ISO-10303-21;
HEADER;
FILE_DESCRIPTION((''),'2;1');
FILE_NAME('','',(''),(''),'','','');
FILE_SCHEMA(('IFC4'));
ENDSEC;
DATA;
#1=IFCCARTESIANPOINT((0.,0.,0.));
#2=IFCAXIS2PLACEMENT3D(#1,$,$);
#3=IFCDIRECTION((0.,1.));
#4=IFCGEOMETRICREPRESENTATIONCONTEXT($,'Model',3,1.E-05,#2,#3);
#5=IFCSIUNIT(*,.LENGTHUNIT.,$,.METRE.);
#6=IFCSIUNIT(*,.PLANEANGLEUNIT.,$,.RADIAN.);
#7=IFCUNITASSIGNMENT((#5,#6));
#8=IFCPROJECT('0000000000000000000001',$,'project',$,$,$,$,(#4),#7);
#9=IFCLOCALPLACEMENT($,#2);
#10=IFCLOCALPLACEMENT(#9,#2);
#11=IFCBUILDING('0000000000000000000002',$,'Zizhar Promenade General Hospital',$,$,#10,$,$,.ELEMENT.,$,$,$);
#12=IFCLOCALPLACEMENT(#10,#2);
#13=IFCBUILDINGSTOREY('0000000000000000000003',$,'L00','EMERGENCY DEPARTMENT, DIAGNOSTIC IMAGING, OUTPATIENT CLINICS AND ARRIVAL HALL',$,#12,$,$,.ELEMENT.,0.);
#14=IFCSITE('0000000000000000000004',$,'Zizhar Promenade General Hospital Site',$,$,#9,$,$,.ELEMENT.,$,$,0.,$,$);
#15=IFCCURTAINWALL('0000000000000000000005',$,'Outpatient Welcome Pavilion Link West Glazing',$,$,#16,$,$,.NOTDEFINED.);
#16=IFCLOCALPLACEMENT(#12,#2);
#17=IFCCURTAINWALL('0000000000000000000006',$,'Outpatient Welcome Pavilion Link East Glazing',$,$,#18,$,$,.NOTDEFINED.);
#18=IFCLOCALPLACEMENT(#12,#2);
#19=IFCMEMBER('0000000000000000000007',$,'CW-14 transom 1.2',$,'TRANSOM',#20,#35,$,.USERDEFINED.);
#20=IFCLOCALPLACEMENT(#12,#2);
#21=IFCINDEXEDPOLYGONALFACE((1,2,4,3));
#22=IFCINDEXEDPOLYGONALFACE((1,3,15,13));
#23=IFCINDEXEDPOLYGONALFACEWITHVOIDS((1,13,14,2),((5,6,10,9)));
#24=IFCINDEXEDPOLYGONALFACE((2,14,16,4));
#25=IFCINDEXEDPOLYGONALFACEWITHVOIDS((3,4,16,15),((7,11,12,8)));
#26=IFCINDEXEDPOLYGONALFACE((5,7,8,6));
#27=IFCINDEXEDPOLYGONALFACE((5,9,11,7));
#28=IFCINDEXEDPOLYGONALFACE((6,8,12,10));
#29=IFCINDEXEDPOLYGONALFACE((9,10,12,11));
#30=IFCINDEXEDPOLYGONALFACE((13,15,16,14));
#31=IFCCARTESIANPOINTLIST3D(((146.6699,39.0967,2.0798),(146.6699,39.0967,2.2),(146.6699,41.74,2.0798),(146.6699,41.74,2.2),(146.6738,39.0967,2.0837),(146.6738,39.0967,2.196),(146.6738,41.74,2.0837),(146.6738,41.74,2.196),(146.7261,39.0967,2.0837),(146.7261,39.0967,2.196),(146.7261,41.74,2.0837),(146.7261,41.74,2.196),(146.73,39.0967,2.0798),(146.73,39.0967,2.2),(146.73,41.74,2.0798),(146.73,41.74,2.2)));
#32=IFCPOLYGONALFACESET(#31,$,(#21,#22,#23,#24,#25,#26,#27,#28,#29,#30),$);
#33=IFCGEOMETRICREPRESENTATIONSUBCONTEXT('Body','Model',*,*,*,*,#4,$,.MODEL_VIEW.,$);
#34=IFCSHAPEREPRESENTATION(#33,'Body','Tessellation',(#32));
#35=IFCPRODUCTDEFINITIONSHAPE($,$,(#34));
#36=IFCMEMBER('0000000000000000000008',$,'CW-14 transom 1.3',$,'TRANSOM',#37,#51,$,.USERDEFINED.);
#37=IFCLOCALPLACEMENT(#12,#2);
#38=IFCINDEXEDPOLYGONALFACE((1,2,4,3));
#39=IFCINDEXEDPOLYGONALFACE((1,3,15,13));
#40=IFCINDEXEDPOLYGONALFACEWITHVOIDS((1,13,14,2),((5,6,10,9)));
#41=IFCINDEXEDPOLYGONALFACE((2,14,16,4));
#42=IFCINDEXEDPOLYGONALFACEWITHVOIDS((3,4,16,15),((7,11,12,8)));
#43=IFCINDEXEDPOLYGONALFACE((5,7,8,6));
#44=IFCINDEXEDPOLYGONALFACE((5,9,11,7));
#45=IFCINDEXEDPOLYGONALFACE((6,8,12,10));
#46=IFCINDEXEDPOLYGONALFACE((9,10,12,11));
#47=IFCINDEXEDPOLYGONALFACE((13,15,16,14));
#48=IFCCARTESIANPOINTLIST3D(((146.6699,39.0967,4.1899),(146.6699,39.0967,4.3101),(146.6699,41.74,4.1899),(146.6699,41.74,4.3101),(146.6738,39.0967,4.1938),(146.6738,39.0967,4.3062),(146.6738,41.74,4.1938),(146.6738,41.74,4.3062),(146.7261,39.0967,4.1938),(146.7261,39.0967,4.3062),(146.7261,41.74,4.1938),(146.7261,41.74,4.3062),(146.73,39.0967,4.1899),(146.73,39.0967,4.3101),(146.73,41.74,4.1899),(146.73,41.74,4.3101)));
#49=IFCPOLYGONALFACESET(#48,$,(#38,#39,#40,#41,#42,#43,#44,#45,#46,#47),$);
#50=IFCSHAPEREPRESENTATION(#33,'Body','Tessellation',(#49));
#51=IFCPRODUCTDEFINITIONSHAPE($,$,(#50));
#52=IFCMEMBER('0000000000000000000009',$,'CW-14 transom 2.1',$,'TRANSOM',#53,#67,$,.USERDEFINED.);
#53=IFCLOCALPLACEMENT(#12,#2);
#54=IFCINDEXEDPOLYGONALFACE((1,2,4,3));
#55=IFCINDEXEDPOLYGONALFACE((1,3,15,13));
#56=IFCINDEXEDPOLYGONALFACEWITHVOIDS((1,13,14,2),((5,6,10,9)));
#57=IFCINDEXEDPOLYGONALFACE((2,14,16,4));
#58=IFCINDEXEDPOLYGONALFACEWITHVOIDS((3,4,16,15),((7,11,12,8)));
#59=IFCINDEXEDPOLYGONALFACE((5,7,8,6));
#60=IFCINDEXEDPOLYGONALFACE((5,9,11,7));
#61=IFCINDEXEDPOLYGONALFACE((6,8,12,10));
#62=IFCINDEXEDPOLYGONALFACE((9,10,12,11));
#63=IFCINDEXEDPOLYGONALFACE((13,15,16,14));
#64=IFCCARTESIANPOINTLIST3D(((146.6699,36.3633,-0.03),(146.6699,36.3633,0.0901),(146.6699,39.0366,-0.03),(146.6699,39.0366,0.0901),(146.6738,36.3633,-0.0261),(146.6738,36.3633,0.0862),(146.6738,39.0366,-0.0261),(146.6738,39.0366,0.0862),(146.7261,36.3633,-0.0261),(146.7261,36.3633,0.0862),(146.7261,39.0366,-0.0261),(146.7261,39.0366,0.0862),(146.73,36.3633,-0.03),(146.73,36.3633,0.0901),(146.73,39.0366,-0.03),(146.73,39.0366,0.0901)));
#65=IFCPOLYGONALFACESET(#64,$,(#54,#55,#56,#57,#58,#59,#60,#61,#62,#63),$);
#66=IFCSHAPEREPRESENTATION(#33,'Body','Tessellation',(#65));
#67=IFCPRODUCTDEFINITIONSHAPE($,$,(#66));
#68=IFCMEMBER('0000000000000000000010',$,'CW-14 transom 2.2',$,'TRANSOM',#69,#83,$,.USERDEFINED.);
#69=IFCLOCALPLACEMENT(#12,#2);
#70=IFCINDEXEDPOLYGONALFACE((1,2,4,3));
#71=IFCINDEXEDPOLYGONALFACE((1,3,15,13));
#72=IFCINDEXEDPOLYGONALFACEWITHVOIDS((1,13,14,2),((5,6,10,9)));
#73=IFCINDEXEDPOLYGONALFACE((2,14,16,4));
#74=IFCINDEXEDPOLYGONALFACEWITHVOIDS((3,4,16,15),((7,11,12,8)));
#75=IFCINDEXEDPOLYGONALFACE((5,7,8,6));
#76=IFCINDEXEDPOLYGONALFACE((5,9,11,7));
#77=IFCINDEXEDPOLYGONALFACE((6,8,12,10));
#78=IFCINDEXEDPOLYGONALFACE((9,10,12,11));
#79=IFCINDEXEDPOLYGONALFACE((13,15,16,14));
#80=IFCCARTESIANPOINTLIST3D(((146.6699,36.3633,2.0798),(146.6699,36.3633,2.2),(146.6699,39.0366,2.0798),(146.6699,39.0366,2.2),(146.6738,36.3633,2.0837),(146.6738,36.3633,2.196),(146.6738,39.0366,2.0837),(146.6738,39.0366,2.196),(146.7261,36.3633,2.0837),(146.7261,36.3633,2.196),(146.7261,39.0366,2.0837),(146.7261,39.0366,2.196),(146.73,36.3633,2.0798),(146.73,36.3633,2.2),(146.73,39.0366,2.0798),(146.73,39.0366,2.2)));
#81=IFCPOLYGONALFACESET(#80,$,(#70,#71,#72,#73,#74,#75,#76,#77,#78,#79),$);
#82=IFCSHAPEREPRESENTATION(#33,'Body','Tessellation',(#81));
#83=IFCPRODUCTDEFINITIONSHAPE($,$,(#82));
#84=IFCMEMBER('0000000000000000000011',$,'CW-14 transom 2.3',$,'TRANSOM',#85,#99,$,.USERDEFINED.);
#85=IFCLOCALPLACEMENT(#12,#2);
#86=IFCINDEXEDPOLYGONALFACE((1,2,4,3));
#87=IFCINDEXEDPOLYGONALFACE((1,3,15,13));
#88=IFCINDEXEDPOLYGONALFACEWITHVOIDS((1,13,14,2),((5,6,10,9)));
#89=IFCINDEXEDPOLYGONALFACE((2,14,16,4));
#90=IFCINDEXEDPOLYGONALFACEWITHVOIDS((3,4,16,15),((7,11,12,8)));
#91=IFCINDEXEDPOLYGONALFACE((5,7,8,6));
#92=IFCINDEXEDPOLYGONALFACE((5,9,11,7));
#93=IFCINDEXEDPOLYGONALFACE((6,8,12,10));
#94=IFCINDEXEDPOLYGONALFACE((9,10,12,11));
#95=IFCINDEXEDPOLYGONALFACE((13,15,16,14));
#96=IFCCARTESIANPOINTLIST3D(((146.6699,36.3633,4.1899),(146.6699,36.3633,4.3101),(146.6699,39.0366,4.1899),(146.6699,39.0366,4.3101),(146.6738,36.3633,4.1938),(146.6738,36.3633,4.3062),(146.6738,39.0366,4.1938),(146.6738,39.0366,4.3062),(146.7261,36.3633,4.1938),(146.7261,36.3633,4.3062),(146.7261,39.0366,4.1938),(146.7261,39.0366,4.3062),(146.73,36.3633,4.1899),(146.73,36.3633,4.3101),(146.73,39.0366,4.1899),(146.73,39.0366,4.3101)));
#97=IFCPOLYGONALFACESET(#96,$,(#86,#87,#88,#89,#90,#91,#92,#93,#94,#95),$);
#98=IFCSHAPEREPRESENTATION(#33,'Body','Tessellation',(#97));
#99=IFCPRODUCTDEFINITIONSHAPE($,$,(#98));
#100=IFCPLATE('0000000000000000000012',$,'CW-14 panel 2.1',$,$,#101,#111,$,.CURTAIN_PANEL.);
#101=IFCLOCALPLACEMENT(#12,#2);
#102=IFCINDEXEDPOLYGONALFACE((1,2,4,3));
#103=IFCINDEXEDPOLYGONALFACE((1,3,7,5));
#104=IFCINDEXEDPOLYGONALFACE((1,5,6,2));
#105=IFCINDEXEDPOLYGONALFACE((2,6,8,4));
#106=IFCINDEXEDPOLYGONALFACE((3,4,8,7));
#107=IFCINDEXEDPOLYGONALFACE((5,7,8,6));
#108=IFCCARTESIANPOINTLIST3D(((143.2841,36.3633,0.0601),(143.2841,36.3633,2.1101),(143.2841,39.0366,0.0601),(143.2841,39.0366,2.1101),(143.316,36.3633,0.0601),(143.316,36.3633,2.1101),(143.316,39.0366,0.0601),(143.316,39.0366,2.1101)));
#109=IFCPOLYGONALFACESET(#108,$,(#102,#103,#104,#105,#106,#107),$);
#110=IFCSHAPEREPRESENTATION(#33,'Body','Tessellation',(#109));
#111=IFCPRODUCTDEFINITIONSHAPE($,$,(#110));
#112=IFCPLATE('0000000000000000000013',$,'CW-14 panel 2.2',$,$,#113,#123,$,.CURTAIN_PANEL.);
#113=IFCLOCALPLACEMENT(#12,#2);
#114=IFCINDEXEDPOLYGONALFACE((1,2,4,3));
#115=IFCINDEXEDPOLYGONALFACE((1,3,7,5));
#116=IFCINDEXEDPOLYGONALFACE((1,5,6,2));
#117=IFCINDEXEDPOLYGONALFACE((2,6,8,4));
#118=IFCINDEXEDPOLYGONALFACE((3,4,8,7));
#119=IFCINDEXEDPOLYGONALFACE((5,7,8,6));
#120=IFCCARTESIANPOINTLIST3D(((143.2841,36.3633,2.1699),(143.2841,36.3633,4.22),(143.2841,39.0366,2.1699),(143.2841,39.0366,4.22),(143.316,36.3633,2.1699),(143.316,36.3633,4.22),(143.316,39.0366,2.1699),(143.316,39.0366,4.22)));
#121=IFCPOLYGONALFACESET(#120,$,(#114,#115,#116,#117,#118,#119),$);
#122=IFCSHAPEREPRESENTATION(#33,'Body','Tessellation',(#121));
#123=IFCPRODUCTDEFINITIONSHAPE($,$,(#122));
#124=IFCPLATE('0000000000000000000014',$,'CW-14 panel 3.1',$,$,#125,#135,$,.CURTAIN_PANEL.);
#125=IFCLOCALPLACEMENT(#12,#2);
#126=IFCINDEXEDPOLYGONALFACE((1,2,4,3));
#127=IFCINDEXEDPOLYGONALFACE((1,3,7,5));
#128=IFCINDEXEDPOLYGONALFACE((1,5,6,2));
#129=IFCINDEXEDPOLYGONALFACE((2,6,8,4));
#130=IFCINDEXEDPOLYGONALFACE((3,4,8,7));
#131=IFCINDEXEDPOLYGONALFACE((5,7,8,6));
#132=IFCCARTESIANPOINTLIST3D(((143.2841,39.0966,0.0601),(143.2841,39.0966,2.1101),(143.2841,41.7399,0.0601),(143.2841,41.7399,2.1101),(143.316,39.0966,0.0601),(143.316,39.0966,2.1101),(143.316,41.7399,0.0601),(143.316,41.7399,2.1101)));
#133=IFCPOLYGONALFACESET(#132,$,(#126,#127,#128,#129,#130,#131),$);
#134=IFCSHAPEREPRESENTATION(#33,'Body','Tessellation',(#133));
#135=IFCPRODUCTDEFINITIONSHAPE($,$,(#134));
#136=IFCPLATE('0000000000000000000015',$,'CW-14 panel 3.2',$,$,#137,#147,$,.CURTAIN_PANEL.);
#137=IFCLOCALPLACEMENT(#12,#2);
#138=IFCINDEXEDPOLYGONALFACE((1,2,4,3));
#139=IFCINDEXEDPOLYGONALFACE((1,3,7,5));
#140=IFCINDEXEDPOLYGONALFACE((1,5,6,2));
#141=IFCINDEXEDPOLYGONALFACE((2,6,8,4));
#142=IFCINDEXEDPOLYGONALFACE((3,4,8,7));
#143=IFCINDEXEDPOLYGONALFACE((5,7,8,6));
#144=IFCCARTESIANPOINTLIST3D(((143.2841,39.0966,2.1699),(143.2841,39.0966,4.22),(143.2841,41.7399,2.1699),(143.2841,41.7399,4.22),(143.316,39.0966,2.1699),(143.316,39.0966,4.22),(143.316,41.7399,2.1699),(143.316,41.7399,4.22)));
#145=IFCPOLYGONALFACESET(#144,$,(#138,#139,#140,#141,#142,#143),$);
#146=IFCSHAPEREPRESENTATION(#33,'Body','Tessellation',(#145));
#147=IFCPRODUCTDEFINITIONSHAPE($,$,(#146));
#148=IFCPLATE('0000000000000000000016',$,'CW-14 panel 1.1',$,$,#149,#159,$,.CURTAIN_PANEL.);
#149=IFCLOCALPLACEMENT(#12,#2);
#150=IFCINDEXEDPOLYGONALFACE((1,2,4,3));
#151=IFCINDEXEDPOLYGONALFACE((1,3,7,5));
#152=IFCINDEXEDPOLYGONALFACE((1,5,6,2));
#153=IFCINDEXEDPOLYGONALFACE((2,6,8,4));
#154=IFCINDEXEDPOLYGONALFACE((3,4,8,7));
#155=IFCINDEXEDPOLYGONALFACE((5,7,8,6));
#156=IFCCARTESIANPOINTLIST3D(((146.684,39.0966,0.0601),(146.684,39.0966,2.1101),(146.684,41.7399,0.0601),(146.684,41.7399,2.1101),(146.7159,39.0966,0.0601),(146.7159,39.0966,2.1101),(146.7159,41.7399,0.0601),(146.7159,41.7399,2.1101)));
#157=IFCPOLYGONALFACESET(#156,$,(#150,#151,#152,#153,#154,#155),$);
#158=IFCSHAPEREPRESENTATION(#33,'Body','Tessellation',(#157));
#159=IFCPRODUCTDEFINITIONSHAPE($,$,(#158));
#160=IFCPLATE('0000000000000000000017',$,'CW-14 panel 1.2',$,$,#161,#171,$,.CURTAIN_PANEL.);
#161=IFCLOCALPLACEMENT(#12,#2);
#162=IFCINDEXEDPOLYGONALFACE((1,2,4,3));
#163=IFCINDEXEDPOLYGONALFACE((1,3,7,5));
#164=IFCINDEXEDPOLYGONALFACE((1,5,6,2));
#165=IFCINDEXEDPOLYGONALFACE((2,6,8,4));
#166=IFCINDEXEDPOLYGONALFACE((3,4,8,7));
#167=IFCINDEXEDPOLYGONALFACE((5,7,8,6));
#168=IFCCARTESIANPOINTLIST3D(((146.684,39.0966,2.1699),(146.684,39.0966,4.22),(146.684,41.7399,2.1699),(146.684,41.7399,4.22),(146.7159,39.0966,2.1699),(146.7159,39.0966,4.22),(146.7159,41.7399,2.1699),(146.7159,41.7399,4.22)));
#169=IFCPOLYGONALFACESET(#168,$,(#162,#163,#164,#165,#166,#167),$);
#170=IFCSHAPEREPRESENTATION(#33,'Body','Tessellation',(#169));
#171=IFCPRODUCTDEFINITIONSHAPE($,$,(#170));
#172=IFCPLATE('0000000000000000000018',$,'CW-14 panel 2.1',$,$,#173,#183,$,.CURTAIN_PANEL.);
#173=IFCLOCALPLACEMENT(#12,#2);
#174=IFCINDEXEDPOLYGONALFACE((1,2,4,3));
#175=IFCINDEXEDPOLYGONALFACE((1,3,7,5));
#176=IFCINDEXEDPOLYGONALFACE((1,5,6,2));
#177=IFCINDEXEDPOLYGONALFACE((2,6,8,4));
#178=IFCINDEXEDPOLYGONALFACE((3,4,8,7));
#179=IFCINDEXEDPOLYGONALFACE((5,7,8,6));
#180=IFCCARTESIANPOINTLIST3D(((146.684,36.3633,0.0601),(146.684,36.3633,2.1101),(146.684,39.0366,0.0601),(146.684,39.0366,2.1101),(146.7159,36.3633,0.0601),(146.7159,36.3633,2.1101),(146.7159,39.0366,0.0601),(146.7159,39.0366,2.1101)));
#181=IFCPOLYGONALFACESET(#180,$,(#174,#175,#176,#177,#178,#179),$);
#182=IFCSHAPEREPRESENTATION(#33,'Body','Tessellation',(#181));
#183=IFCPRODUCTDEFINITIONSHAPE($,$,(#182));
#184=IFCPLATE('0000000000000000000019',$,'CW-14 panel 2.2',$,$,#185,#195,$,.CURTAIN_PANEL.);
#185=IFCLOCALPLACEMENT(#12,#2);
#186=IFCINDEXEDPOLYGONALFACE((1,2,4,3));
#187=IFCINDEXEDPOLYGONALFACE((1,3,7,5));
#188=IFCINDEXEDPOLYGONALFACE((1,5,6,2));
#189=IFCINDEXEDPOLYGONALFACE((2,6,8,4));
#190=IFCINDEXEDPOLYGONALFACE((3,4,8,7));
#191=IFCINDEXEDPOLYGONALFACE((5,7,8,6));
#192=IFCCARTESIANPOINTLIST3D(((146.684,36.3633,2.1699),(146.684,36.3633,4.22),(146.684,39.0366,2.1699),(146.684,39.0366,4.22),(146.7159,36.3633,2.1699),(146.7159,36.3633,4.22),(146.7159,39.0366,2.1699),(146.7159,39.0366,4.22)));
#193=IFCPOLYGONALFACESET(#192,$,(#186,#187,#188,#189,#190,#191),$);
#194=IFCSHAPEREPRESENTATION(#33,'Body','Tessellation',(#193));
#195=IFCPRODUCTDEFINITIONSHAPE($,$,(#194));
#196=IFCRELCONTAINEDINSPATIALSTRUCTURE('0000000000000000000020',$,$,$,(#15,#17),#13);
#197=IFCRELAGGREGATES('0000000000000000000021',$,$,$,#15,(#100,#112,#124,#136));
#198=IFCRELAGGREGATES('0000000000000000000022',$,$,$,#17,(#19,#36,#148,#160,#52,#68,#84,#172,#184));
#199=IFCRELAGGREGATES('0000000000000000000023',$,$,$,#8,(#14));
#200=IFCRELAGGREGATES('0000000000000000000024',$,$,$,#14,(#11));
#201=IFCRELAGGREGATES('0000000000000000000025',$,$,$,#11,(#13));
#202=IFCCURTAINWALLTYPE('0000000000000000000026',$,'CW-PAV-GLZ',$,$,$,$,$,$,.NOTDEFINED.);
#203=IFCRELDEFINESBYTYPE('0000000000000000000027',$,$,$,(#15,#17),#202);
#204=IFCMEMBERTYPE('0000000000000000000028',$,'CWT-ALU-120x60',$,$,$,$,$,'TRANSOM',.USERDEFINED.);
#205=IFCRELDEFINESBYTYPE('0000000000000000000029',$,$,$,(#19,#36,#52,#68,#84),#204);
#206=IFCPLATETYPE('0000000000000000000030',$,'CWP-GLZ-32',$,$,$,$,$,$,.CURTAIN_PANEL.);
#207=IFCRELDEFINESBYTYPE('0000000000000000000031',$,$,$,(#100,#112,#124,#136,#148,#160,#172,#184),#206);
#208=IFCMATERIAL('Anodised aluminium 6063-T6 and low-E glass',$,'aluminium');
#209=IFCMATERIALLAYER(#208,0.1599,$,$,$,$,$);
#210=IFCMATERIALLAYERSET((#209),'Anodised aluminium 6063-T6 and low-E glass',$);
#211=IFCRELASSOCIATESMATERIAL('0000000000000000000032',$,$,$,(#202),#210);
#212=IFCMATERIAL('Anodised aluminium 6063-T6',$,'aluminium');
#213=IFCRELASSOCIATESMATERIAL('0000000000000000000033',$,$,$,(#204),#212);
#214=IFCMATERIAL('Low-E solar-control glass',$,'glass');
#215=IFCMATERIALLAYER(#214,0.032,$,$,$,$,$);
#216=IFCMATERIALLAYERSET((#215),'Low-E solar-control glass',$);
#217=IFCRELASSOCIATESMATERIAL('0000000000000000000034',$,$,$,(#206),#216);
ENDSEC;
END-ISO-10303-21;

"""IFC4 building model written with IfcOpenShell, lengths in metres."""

from ifc_helpers import new_model, si_unit, direction, frame, origin, origin_2d, place, context, subcontext, project, spatial, rectangle, hollow_rectangle, extrude, material, layer, layer_set, material_profile, profile_set, type_object, element, aggregate, save


model = new_model("IFC4")

# Units and contexts
model_context = context("Model", 3, precision=1e-05, world=origin(), true_north=direction((0.0, 1.0)))
body_context = subcontext(model_context, "Body", "Model", "MODEL_VIEW")
ifc_project = project(units=[si_unit("LENGTHUNIT", "METRE"), si_unit("PLANEANGLEUNIT", "RADIAN")], contexts=[model_context])

# Site, building, storey
site_placement = place(None, origin())
site = spatial("IfcSite", under=ifc_project, at=site_placement, Name="Zizhar Promenade General Hospital Site", CompositionType="ELEMENT", RefElevation=0.0)
building_placement = place(site_placement, origin())
building = spatial("IfcBuilding", under=site, at=building_placement, Name="Zizhar Promenade General Hospital", CompositionType="ELEMENT")
storey_placement = place(building_placement, origin())
storey = spatial("IfcBuildingStorey", under=building, at=storey_placement, Name="L00", Description="EMERGENCY DEPARTMENT, DIAGNOSTIC IMAGING, OUTPATIENT CLINICS AND ARRIVAL HALL", CompositionType="ELEMENT", Elevation=0.0)

# Curtain walls
ifc_material_1 = material(Name="Anodised aluminium 6063-T6 and low-E glass", Category="aluminium")
ifc_layer_1 = layer(ifc_material_1, 0.1599)
ifc_layer_set_1 = layer_set([ifc_layer_1], Name="Anodised aluminium 6063-T6 and low-E glass")
curtain_wall_type = type_object("IfcCurtainWallType", Name="CW-PAV-GLZ", PredefinedType="NOTDEFINED", material=ifc_layer_set_1)
curtain_wall_1_placement = place(storey_placement, origin())
curtain_wall_1 = element("IfcCurtainWall", 1, at=curtain_wall_1_placement, inside=storey, type_object=curtain_wall_type, Name="Outpatient Welcome Pavilion Link West Glazing", PredefinedType="NOTDEFINED")
curtain_wall_2_placement = place(storey_placement, origin())
curtain_wall_2 = element("IfcCurtainWall", 2, at=curtain_wall_2_placement, inside=storey, type_object=curtain_wall_type, Name="Outpatient Welcome Pavilion Link East Glazing", PredefinedType="NOTDEFINED")

# Members
ifc_material_2 = material(Name="Anodised aluminium 6063-T6", Category="aluminium")
ifc_material_profile_1 = material_profile(ifc_material_2, hollow_rectangle(XDim=0.0601, YDim=0.1201, WallThickness=0.0039, at=origin_2d()))
ifc_profile_set_1 = profile_set([ifc_material_profile_1], Name="Anodised aluminium 6063-T6")
member_type_1 = type_object("IfcMemberType", Name="CWT-ALU-120x60", ElementType="TRANSOM", PredefinedType="USERDEFINED", material=ifc_profile_set_1)
member_1_placement = place(storey_placement, frame((146.7, 41.74, 2.1399), z_axis=(0.0, -1.0, 0.0), x_axis=(1.0, 0.0, 0.0)))
member_1 = element("IfcMember", 3, at=member_1_placement, type_object=member_type_1, Name="CW-14 transom 1.2", ObjectType="TRANSOM", PredefinedType="USERDEFINED", context=body_context, shape_type="SweptSolid", body=[
    extrude(hollow_rectangle(XDim=0.0601, YDim=0.1201, WallThickness=0.0039, at=origin_2d()), origin(), (0.0, 0.0, 1.0), 2.6433),
])
member_2_placement = place(storey_placement, frame((146.7, 41.74, 4.25), z_axis=(0.0, -1.0, 0.0), x_axis=(1.0, 0.0, 0.0)))
member_2 = element("IfcMember", 4, at=member_2_placement, type_object=member_type_1, Name="CW-14 transom 1.3", ObjectType="TRANSOM", PredefinedType="USERDEFINED", context=body_context, shape_type="SweptSolid", body=[
    extrude(hollow_rectangle(XDim=0.0601, YDim=0.1201, WallThickness=0.0039, at=origin_2d()), origin(), (0.0, 0.0, 1.0), 2.6433),
])
member_3_placement = place(storey_placement, frame((146.7, 39.0366, 0.03), z_axis=(0.0, -1.0, 0.0), x_axis=(1.0, 0.0, 0.0)))
member_3 = element("IfcMember", 5, at=member_3_placement, type_object=member_type_1, Name="CW-14 transom 2.1", ObjectType="TRANSOM", PredefinedType="USERDEFINED", context=body_context, shape_type="SweptSolid", body=[
    extrude(hollow_rectangle(XDim=0.0601, YDim=0.1201, WallThickness=0.0039, at=origin_2d()), origin(), (0.0, 0.0, 1.0), 2.6733),
])
member_4_placement = place(storey_placement, frame((146.7, 39.0366, 2.1399), z_axis=(0.0, -1.0, 0.0), x_axis=(1.0, 0.0, 0.0)))
member_4 = element("IfcMember", 6, at=member_4_placement, type_object=member_type_1, Name="CW-14 transom 2.2", ObjectType="TRANSOM", PredefinedType="USERDEFINED", context=body_context, shape_type="SweptSolid", body=[
    extrude(hollow_rectangle(XDim=0.0601, YDim=0.1201, WallThickness=0.0039, at=origin_2d()), origin(), (0.0, 0.0, 1.0), 2.6733),
])
member_5_placement = place(storey_placement, frame((146.7, 39.0366, 4.25), z_axis=(0.0, -1.0, 0.0), x_axis=(1.0, 0.0, 0.0)))
member_5 = element("IfcMember", 7, at=member_5_placement, type_object=member_type_1, Name="CW-14 transom 2.3", ObjectType="TRANSOM", PredefinedType="USERDEFINED", context=body_context, shape_type="SweptSolid", body=[
    extrude(hollow_rectangle(XDim=0.0601, YDim=0.1201, WallThickness=0.0039, at=origin_2d()), origin(), (0.0, 0.0, 1.0), 2.6733),
])

# Plates
ifc_material_3 = material(Name="Low-E solar-control glass", Category="glass")
ifc_layer_2 = layer(ifc_material_3, 0.032)
ifc_layer_set_2 = layer_set([ifc_layer_2], Name="Low-E solar-control glass")
plate_type = type_object("IfcPlateType", Name="CWP-GLZ-32", PredefinedType="CURTAIN_PANEL", material=ifc_layer_set_2)
plate_1_placement = place(storey_placement, frame((143.3, 37.7, 0.0601), z_axis=(0.0, 0.0, 1.0), x_axis=(0.0, 1.0, 0.0)))
plate_1 = element("IfcPlate", 8, at=plate_1_placement, type_object=plate_type, Name="CW-14 panel 2.1", PredefinedType="CURTAIN_PANEL", context=body_context, shape_type="SweptSolid", body=[
    extrude(rectangle(XDim=2.6733, YDim=0.032, at=origin_2d()), origin(), (0.0, 0.0, 1.0), 2.05),
])
plate_2_placement = place(storey_placement, frame((143.3, 37.7, 2.1699), z_axis=(0.0, 0.0, 1.0), x_axis=(0.0, 1.0, 0.0)))
plate_2 = element("IfcPlate", 9, at=plate_2_placement, type_object=plate_type, Name="CW-14 panel 2.2", PredefinedType="CURTAIN_PANEL", context=body_context, shape_type="SweptSolid", body=[
    extrude(rectangle(XDim=2.6733, YDim=0.032, at=origin_2d()), origin(), (0.0, 0.0, 1.0), 2.05),
])
plate_3_placement = place(storey_placement, frame((143.3, 40.4182, 0.0601), z_axis=(0.0, 0.0, 1.0), x_axis=(0.0, 1.0, 0.0)))
plate_3 = element("IfcPlate", 10, at=plate_3_placement, type_object=plate_type, Name="CW-14 panel 3.1", PredefinedType="CURTAIN_PANEL", context=body_context, shape_type="SweptSolid", body=[
    extrude(rectangle(XDim=2.6433, YDim=0.032, at=origin_2d()), origin(), (0.0, 0.0, 1.0), 2.05),
])
plate_4_placement = place(storey_placement, frame((143.3, 40.4182, 2.1699), z_axis=(0.0, 0.0, 1.0), x_axis=(0.0, 1.0, 0.0)))
plate_4 = element("IfcPlate", 11, at=plate_4_placement, type_object=plate_type, Name="CW-14 panel 3.2", PredefinedType="CURTAIN_PANEL", context=body_context, shape_type="SweptSolid", body=[
    extrude(rectangle(XDim=2.6433, YDim=0.032, at=origin_2d()), origin(), (0.0, 0.0, 1.0), 2.05),
])
aggregate(curtain_wall_1, [plate_1, plate_2, plate_3, plate_4])
plate_5_placement = place(storey_placement, frame((146.7, 40.4182, 0.0601), z_axis=(0.0, 0.0, 1.0), x_axis=(0.0, -1.0, 0.0)))
plate_5 = element("IfcPlate", 12, at=plate_5_placement, type_object=plate_type, Name="CW-14 panel 1.1", PredefinedType="CURTAIN_PANEL", context=body_context, shape_type="SweptSolid", body=[
    extrude(rectangle(XDim=2.6433, YDim=0.032, at=origin_2d()), origin(), (0.0, 0.0, 1.0), 2.05),
])
plate_6_placement = place(storey_placement, frame((146.7, 40.4182, 2.1699), z_axis=(0.0, 0.0, 1.0), x_axis=(0.0, -1.0, 0.0)))
plate_6 = element("IfcPlate", 13, at=plate_6_placement, type_object=plate_type, Name="CW-14 panel 1.2", PredefinedType="CURTAIN_PANEL", context=body_context, shape_type="SweptSolid", body=[
    extrude(rectangle(XDim=2.6433, YDim=0.032, at=origin_2d()), origin(), (0.0, 0.0, 1.0), 2.05),
])
plate_7_placement = place(storey_placement, frame((146.7, 37.7, 0.0601), z_axis=(0.0, 0.0, 1.0), x_axis=(0.0, -1.0, 0.0)))
plate_7 = element("IfcPlate", 14, at=plate_7_placement, type_object=plate_type, Name="CW-14 panel 2.1", PredefinedType="CURTAIN_PANEL", context=body_context, shape_type="SweptSolid", body=[
    extrude(rectangle(XDim=2.6733, YDim=0.032, at=origin_2d()), origin(), (0.0, 0.0, 1.0), 2.05),
])
plate_8_placement = place(storey_placement, frame((146.7, 37.7, 2.1699), z_axis=(0.0, 0.0, 1.0), x_axis=(0.0, -1.0, 0.0)))
plate_8 = element("IfcPlate", 15, at=plate_8_placement, type_object=plate_type, Name="CW-14 panel 2.2", PredefinedType="CURTAIN_PANEL", context=body_context, shape_type="SweptSolid", body=[
    extrude(rectangle(XDim=2.6733, YDim=0.032, at=origin_2d()), origin(), (0.0, 0.0, 1.0), 2.05),
])
aggregate(curtain_wall_2, [member_1, member_2, plate_5, plate_6, member_3, member_4, member_5, plate_7, plate_8])

save(model, "model.ifc")
